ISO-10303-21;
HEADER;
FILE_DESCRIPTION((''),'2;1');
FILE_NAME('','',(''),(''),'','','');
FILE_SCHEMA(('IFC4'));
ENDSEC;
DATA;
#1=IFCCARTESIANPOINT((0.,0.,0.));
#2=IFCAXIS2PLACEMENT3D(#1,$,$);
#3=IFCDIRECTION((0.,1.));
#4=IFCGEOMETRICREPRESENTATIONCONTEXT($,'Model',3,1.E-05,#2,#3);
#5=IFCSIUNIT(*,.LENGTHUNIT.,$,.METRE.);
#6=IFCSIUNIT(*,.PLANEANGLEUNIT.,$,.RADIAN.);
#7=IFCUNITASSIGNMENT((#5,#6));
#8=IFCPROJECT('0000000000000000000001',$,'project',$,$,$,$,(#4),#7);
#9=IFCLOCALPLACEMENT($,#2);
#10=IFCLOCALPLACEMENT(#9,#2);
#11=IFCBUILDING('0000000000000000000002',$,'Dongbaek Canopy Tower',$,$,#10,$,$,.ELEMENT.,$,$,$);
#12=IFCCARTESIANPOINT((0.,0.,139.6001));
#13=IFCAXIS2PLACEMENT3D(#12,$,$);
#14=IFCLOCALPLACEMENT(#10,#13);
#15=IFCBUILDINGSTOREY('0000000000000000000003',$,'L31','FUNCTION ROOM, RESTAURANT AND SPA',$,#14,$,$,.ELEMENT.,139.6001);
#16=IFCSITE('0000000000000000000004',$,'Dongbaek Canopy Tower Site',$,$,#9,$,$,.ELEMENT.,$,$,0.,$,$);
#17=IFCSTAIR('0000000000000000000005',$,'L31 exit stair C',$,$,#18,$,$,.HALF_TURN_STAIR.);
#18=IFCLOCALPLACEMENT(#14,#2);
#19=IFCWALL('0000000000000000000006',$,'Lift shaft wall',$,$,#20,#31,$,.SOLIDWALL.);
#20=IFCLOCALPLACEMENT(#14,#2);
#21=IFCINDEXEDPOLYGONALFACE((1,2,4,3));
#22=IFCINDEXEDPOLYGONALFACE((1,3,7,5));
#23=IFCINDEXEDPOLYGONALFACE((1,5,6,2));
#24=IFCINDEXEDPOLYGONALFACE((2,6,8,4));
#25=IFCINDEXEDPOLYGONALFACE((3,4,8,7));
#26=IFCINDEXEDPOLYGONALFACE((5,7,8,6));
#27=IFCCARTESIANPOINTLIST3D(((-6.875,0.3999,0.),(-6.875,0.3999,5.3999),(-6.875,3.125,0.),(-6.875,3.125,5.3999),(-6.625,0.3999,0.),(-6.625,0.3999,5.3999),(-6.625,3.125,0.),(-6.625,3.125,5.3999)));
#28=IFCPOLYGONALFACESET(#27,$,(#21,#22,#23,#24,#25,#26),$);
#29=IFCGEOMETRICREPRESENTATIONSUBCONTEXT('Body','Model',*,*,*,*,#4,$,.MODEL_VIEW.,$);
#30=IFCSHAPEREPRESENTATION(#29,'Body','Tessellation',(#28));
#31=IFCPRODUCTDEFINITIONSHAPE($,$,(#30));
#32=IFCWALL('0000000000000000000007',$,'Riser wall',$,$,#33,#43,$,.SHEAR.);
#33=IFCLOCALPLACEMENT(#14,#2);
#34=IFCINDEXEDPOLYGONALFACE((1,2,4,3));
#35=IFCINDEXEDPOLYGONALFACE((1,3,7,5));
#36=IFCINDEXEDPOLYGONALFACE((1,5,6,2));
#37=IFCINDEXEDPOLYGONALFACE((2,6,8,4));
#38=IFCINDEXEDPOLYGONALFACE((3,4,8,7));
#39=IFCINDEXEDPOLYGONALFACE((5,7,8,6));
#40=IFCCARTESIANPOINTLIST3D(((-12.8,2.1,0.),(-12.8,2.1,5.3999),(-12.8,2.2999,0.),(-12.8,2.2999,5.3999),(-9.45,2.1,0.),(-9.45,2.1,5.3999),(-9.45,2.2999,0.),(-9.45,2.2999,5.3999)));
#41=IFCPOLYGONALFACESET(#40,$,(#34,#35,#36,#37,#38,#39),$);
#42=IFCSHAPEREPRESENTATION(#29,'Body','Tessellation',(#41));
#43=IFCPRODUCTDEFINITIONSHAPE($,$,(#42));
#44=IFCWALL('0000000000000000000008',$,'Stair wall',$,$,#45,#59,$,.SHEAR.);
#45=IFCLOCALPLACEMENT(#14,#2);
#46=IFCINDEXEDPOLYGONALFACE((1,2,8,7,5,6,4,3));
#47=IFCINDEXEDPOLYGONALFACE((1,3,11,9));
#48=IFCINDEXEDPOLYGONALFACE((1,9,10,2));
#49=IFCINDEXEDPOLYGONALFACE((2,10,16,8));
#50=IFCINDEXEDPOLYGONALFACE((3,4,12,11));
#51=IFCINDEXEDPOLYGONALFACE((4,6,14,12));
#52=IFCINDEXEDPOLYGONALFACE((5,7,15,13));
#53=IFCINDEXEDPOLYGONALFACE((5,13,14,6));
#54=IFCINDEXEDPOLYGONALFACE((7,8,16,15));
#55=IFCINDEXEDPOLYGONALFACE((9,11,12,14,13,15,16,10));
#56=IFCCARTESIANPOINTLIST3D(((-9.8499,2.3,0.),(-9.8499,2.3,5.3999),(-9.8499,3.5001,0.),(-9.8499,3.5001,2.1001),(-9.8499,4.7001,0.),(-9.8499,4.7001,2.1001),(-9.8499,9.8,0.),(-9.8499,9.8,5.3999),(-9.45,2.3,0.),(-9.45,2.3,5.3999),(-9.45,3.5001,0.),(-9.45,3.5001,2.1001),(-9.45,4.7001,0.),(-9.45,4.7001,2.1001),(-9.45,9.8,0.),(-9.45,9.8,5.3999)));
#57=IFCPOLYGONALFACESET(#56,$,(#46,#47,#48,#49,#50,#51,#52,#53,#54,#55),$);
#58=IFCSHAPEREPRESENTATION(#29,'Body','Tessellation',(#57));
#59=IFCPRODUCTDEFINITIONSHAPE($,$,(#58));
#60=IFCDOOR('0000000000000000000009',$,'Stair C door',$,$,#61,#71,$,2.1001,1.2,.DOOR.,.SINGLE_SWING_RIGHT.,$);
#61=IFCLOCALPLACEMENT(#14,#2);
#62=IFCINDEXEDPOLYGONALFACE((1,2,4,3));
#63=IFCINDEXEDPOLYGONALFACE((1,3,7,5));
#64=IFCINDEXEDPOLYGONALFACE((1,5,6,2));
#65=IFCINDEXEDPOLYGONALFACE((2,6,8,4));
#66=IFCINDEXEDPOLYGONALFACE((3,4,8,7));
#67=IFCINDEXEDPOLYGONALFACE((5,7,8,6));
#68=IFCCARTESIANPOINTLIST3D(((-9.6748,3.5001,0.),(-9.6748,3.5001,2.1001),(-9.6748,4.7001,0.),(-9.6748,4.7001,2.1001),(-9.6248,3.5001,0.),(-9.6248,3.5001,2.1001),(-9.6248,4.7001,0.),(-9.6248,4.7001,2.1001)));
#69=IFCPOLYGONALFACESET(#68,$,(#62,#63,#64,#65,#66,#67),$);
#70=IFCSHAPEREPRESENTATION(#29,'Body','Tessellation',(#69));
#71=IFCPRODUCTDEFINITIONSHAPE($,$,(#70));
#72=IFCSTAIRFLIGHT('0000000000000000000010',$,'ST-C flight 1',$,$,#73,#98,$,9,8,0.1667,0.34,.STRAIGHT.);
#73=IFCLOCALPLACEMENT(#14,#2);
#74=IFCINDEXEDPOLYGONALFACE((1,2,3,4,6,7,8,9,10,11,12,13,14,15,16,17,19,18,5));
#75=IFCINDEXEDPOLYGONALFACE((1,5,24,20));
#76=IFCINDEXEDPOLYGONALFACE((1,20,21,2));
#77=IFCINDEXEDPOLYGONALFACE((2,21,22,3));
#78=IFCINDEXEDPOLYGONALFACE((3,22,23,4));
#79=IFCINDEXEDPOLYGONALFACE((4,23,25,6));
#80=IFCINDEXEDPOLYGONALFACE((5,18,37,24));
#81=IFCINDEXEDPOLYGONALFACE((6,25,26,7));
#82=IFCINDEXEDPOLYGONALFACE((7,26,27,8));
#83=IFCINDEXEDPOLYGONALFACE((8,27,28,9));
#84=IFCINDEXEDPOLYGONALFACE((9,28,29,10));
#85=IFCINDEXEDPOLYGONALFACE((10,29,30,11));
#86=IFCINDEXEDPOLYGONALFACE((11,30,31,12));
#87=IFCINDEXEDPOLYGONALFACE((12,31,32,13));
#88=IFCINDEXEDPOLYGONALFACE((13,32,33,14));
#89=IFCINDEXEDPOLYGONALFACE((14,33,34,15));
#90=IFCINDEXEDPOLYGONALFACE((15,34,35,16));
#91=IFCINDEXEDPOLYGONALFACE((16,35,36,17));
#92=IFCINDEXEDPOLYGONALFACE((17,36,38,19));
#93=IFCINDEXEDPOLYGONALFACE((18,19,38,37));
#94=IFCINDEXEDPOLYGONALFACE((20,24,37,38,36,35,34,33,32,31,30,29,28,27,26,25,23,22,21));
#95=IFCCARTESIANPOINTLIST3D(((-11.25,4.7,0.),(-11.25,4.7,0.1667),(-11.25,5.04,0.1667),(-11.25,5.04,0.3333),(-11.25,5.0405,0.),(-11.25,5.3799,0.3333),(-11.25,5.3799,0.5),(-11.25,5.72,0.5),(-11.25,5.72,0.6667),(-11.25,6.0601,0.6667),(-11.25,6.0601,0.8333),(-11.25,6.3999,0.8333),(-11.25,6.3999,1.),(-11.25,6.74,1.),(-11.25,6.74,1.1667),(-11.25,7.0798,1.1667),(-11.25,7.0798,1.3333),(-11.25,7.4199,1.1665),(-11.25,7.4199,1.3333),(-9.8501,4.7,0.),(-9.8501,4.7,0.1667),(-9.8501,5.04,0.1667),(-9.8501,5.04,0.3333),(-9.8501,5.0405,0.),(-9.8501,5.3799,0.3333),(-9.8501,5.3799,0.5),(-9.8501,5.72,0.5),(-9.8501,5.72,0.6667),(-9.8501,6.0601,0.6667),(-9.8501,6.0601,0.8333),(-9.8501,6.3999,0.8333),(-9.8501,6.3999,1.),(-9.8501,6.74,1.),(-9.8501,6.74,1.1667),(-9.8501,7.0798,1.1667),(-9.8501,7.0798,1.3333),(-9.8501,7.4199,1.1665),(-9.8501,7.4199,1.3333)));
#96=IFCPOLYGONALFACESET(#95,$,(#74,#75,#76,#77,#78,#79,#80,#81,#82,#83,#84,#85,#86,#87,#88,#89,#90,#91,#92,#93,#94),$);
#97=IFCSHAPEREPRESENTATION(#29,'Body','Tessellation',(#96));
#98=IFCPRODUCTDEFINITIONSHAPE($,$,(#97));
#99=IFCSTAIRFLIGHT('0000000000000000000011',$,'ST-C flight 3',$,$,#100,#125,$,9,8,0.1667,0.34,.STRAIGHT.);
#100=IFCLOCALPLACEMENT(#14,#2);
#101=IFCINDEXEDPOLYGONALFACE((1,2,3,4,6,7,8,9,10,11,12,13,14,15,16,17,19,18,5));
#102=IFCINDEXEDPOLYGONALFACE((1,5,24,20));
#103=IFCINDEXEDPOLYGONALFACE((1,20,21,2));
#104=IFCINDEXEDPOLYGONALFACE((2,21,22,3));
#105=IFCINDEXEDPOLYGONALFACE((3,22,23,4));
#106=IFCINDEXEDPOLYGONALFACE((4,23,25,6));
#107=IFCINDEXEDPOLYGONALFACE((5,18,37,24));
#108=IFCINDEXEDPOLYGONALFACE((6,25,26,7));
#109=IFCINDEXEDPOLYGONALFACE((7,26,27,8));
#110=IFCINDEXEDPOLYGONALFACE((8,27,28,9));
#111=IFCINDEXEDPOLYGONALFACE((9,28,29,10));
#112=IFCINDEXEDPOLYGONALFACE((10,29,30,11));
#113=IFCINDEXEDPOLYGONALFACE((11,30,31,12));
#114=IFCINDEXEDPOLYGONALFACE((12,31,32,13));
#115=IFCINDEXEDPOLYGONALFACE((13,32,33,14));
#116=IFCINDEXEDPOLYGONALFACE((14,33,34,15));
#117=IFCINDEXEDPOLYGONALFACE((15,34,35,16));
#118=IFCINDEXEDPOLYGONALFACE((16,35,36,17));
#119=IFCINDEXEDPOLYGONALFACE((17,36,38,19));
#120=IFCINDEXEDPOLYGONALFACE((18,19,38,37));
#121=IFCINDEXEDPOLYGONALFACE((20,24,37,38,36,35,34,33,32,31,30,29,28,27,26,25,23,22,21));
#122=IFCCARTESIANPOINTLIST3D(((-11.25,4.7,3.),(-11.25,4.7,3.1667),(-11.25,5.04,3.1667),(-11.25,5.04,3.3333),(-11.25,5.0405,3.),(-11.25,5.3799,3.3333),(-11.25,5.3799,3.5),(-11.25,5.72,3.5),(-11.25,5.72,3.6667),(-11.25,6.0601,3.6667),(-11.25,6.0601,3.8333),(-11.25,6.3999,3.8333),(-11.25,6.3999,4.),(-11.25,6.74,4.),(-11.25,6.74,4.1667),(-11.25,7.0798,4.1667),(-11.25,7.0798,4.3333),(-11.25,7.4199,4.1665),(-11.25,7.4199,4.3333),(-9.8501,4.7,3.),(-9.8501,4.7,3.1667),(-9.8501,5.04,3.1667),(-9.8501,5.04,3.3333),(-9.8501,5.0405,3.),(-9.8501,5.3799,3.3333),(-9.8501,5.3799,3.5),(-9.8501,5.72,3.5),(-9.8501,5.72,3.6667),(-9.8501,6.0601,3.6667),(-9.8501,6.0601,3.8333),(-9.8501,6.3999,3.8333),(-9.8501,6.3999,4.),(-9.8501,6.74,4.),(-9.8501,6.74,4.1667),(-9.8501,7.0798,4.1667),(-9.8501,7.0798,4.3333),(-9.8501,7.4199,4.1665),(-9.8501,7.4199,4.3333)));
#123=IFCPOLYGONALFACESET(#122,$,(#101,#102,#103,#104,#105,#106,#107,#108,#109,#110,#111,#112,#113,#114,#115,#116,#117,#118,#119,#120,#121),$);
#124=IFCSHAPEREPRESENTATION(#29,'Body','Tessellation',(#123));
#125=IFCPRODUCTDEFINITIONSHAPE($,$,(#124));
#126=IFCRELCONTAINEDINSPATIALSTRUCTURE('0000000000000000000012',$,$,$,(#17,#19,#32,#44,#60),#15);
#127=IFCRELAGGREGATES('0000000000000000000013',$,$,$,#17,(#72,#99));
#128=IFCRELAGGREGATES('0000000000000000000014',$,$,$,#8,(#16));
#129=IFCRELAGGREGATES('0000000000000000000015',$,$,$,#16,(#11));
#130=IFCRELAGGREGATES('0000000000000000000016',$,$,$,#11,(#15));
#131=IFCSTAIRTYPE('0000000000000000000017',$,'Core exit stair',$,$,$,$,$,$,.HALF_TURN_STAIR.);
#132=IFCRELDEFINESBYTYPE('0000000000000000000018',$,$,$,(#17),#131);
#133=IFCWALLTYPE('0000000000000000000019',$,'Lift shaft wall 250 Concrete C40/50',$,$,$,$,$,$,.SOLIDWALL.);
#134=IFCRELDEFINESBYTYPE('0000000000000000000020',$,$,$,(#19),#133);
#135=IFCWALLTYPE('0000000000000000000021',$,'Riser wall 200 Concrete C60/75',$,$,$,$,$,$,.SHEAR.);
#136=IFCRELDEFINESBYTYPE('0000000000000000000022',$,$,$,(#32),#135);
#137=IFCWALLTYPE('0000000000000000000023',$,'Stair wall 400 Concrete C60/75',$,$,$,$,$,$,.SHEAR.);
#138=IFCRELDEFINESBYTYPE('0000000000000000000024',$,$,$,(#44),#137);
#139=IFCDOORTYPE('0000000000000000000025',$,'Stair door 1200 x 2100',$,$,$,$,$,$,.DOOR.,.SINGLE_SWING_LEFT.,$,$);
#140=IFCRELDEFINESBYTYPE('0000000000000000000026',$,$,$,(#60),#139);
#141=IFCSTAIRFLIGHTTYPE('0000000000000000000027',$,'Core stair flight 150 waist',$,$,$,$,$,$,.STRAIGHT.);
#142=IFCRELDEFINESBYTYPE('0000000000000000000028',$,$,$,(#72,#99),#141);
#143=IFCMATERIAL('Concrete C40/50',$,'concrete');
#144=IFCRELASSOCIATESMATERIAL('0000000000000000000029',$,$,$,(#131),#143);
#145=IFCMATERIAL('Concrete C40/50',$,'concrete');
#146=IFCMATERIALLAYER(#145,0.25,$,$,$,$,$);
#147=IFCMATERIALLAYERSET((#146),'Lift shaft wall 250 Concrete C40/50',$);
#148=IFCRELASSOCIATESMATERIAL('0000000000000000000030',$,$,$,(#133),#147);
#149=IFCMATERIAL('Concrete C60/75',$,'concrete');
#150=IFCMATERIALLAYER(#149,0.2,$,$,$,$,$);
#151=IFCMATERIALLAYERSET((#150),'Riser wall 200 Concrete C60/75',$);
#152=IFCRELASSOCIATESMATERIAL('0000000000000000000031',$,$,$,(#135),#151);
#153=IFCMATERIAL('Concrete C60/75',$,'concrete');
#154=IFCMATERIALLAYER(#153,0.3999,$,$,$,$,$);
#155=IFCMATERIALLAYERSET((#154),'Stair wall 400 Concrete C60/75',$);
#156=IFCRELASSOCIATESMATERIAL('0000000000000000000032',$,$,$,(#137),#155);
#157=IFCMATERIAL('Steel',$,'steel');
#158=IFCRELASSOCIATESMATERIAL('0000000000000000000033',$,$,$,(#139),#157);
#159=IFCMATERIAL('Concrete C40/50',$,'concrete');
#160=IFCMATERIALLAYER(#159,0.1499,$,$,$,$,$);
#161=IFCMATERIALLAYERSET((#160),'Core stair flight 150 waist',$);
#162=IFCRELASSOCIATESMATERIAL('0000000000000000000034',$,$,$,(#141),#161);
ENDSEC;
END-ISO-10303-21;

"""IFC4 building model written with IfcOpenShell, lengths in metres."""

from ifc_helpers import new_model, si_unit, direction, frame, frame_2d, origin, place, context, subcontext, project, spatial, polyline, rectangle, outline, extrude, material, layer, layer_set, type_object, element, fill, aggregate, save


model = new_model("IFC4")

# Units and contexts
model_context = context("Model", 3, precision=1e-05, world=origin(), true_north=direction((0.0, 1.0)))
body_context = subcontext(model_context, "Body", "Model", "MODEL_VIEW")
ifc_project = project(units=[si_unit("LENGTHUNIT", "METRE"), si_unit("PLANEANGLEUNIT", "RADIAN")], contexts=[model_context])

# Site, building, storey
site_placement = place(None, origin())
site = spatial("IfcSite", under=ifc_project, at=site_placement, Name="Dongbaek Canopy Tower Site", CompositionType="ELEMENT", RefElevation=0.0)
building_placement = place(site_placement, origin())
building = spatial("IfcBuilding", under=site, at=building_placement, Name="Dongbaek Canopy Tower", CompositionType="ELEMENT")
storey_placement = place(building_placement, frame((0.0, 0.0, 139.6001)))
storey = spatial("IfcBuildingStorey", under=building, at=storey_placement, Name="L31", Description="FUNCTION ROOM, RESTAURANT AND SPA", CompositionType="ELEMENT", Elevation=139.6001)

# Stair
ifc_material_1 = material(Name="Concrete C40/50", Category="concrete")
stair_type = type_object("IfcStairType", Name="Core exit stair", PredefinedType="HALF_TURN_STAIR", material=ifc_material_1)
stair_1_placement = place(storey_placement, origin())
stair_1 = element("IfcStair", 1, at=stair_1_placement, inside=storey, type_object=stair_type, Name="L31 exit stair C", PredefinedType="HALF_TURN_STAIR")

# Walls
ifc_material_2 = material(Name="Concrete C40/50", Category="concrete")
ifc_layer_1 = layer(ifc_material_2, 0.25)
ifc_layer_set_1 = layer_set([ifc_layer_1], Name="Lift shaft wall 250 Concrete C40/50")
wall_type_1 = type_object("IfcWallType", Name="Lift shaft wall 250 Concrete C40/50", PredefinedType="SOLIDWALL", material=ifc_layer_set_1)
for number, where, z_axis, x_axis, name in (
    (2, (-6.75, 0.3999, 0.0), (0.0, 0.0, 1.0), (0.0, 1.0, 0.0), "Lift shaft wall"),
):
    element("IfcWall", number, at=place(storey_placement, frame(where, z_axis=z_axis, x_axis=x_axis)), inside=storey, type_object=wall_type_1, Name=name, PredefinedType="SOLIDWALL", context=body_context, shape_type="SweptSolid", body=[
        extrude(rectangle(XDim=2.7251, YDim=0.25, at=frame_2d((1.3625, 0.0))), origin(), (0.0, 0.0, 1.0), 5.3999),
    ])
ifc_material_3 = material(Name="Concrete C60/75", Category="concrete")
ifc_layer_2 = layer(ifc_material_3, 0.2)
ifc_layer_set_2 = layer_set([ifc_layer_2], Name="Riser wall 200 Concrete C60/75")
wall_type_2 = type_object("IfcWallType", Name="Riser wall 200 Concrete C60/75", PredefinedType="SHEAR", material=ifc_layer_set_2)
wall_1_placement = place(storey_placement, frame((-9.45, 2.2, 0.0), z_axis=(0.0, 0.0, 1.0), x_axis=(-1.0, 0.0, 0.0)))
element("IfcWall", 3, at=wall_1_placement, inside=storey, type_object=wall_type_2, Name="Riser wall", PredefinedType="SHEAR", context=body_context, shape_type="SweptSolid", body=[
    extrude(rectangle(XDim=3.3501, YDim=0.2, at=frame_2d((1.675, 0.0))), origin(), (0.0, 0.0, 1.0), 5.3999),
])

# Wall, opening, door
ifc_material_4 = material(Name="Concrete C60/75", Category="concrete")
ifc_layer_3 = layer(ifc_material_4, 0.3999)
ifc_layer_set_3 = layer_set([ifc_layer_3], Name="Stair wall 400 Concrete C60/75")
wall_type_3 = type_object("IfcWallType", Name="Stair wall 400 Concrete C60/75", PredefinedType="SHEAR", material=ifc_layer_set_3)
wall_2_placement = place(storey_placement, frame((-9.6499, 2.3, 0.0), z_axis=(0.0, 0.0, 1.0), x_axis=(0.0, 1.0, 0.0)))
wall_2 = element("IfcWall", 4, at=wall_2_placement, inside=storey, type_object=wall_type_3, Name="Stair wall", PredefinedType="SHEAR", context=body_context, shape_type="SweptSolid", body=[
    extrude(rectangle(XDim=7.5, YDim=0.3999, at=frame_2d((3.75, 0.0))), origin(), (0.0, 0.0, 1.0), 5.3999),
])
opening_1_placement = place(wall_2_placement, frame((1.2, 0.0, 0.0)))
opening_1 = element("IfcOpeningElement", 5, at=opening_1_placement, cuts=wall_2, PredefinedType="OPENING", context=body_context, shape_type="SweptSolid", body=[
    extrude(rectangle(XDim=1.2, YDim=2.1001, at=frame_2d((0.6001, 1.05))), frame((0.0, 0.21, 0.0), z_axis=(0.0, -1.0, 0.0), x_axis=(1.0, 0.0, 0.0)), (0.0, 0.0, 1.0), 0.4199),
])
ifc_material_5 = material(Name="Steel", Category="steel")
door_type_1 = type_object("IfcDoorType", Name="Stair door 1200 x 2100", OperationType="SINGLE_SWING_LEFT", PredefinedType="DOOR", material=ifc_material_5)
door_1_placement = place(opening_1_placement, origin())
door_1 = element("IfcDoor", 6, at=door_1_placement, inside=storey, type_object=door_type_1, Name="Stair C door", OperationType="SINGLE_SWING_RIGHT", OverallHeight=2.1001, OverallWidth=1.2, PredefinedType="DOOR", context=body_context, shape_type="SweptSolid", body=[
    extrude(rectangle(XDim=1.2, YDim=2.1001, at=frame_2d((0.6001, 1.05))), frame((0.0, 0.0249, 0.0), z_axis=(0.0, -1.0, 0.0), x_axis=(1.0, 0.0, 0.0)), (0.0, 0.0, 1.0), 0.05),
])
fill(opening_1, door_1)

# Stair flights
ifc_material_6 = material(Name="Concrete C40/50", Category="concrete")
ifc_layer_4 = layer(ifc_material_6, 0.1499)
ifc_layer_set_4 = layer_set([ifc_layer_4], Name="Core stair flight 150 waist")
stair_flight_type = type_object("IfcStairFlightType", Name="Core stair flight 150 waist", PredefinedType="STRAIGHT", material=ifc_layer_set_4)
stair_flight_1_placement = place(storey_placement, frame((-10.55, 4.7, 0.0), z_axis=(0.0, 0.0, 1.0), x_axis=(0.0, 1.0, 0.0)))
stair_flight_1 = element("IfcStairFlight", 7, at=stair_flight_1_placement, type_object=stair_flight_type, Name="ST-C flight 1", NumberOfRisers=9, NumberOfTreads=8, PredefinedType="STRAIGHT", RiserHeight=0.1667, TreadLength=0.34, context=body_context, shape_type="SweptSolid", body=[
    extrude(outline(polyline([(0.0, 0.0), (0.0, 0.1667), (0.3401, 0.1667), (0.3401, 0.3333), (0.6799, 0.3333), (0.6799, 0.5), (1.02, 0.5), (1.02, 0.6667), (1.3601, 0.6667), (1.3601, 0.8333), (1.7, 0.8333), (1.7, 1.0), (2.04, 1.0), (2.04, 1.1667), (2.3799, 1.1667), (2.3799, 1.3333), (2.72, 1.3333), (2.72, 1.5), (2.72, 1.1665), (0.3406, 0.0), (0.0, 0.0)])), frame((0.0, 0.7, 0.0), z_axis=(0.0, -1.0, 0.0), x_axis=(1.0, 0.0, 0.0)), (0.0, 0.0, 1.0), 1.3999),
])
stair_flight_2_placement = place(storey_placement, frame((-10.55, 4.7, 3.0), z_axis=(0.0, 0.0, 1.0), x_axis=(0.0, 1.0, 0.0)))
stair_flight_2 = element("IfcStairFlight", 8, at=stair_flight_2_placement, type_object=stair_flight_type, Name="ST-C flight 3", NumberOfRisers=9, NumberOfTreads=8, PredefinedType="STRAIGHT", RiserHeight=0.1667, TreadLength=0.34, context=body_context, shape_type="SweptSolid", body=[
    extrude(outline(polyline([(0.0, 0.0), (0.0, 0.1667), (0.3401, 0.1667), (0.3401, 0.3333), (0.6799, 0.3333), (0.6799, 0.5), (1.02, 0.5), (1.02, 0.6667), (1.3601, 0.6667), (1.3601, 0.8333), (1.7, 0.8333), (1.7, 1.0), (2.04, 1.0), (2.04, 1.1667), (2.3799, 1.1667), (2.3799, 1.3333), (2.72, 1.3333), (2.72, 1.5), (2.72, 1.1665), (0.3406, 0.0), (0.0, 0.0)])), frame((0.0, 0.7, 0.0), z_axis=(0.0, -1.0, 0.0), x_axis=(1.0, 0.0, 0.0)), (0.0, 0.0, 1.0), 1.3999),
])
aggregate(stair_1, [stair_flight_1, stair_flight_2])

save(model, "model.ifc")
